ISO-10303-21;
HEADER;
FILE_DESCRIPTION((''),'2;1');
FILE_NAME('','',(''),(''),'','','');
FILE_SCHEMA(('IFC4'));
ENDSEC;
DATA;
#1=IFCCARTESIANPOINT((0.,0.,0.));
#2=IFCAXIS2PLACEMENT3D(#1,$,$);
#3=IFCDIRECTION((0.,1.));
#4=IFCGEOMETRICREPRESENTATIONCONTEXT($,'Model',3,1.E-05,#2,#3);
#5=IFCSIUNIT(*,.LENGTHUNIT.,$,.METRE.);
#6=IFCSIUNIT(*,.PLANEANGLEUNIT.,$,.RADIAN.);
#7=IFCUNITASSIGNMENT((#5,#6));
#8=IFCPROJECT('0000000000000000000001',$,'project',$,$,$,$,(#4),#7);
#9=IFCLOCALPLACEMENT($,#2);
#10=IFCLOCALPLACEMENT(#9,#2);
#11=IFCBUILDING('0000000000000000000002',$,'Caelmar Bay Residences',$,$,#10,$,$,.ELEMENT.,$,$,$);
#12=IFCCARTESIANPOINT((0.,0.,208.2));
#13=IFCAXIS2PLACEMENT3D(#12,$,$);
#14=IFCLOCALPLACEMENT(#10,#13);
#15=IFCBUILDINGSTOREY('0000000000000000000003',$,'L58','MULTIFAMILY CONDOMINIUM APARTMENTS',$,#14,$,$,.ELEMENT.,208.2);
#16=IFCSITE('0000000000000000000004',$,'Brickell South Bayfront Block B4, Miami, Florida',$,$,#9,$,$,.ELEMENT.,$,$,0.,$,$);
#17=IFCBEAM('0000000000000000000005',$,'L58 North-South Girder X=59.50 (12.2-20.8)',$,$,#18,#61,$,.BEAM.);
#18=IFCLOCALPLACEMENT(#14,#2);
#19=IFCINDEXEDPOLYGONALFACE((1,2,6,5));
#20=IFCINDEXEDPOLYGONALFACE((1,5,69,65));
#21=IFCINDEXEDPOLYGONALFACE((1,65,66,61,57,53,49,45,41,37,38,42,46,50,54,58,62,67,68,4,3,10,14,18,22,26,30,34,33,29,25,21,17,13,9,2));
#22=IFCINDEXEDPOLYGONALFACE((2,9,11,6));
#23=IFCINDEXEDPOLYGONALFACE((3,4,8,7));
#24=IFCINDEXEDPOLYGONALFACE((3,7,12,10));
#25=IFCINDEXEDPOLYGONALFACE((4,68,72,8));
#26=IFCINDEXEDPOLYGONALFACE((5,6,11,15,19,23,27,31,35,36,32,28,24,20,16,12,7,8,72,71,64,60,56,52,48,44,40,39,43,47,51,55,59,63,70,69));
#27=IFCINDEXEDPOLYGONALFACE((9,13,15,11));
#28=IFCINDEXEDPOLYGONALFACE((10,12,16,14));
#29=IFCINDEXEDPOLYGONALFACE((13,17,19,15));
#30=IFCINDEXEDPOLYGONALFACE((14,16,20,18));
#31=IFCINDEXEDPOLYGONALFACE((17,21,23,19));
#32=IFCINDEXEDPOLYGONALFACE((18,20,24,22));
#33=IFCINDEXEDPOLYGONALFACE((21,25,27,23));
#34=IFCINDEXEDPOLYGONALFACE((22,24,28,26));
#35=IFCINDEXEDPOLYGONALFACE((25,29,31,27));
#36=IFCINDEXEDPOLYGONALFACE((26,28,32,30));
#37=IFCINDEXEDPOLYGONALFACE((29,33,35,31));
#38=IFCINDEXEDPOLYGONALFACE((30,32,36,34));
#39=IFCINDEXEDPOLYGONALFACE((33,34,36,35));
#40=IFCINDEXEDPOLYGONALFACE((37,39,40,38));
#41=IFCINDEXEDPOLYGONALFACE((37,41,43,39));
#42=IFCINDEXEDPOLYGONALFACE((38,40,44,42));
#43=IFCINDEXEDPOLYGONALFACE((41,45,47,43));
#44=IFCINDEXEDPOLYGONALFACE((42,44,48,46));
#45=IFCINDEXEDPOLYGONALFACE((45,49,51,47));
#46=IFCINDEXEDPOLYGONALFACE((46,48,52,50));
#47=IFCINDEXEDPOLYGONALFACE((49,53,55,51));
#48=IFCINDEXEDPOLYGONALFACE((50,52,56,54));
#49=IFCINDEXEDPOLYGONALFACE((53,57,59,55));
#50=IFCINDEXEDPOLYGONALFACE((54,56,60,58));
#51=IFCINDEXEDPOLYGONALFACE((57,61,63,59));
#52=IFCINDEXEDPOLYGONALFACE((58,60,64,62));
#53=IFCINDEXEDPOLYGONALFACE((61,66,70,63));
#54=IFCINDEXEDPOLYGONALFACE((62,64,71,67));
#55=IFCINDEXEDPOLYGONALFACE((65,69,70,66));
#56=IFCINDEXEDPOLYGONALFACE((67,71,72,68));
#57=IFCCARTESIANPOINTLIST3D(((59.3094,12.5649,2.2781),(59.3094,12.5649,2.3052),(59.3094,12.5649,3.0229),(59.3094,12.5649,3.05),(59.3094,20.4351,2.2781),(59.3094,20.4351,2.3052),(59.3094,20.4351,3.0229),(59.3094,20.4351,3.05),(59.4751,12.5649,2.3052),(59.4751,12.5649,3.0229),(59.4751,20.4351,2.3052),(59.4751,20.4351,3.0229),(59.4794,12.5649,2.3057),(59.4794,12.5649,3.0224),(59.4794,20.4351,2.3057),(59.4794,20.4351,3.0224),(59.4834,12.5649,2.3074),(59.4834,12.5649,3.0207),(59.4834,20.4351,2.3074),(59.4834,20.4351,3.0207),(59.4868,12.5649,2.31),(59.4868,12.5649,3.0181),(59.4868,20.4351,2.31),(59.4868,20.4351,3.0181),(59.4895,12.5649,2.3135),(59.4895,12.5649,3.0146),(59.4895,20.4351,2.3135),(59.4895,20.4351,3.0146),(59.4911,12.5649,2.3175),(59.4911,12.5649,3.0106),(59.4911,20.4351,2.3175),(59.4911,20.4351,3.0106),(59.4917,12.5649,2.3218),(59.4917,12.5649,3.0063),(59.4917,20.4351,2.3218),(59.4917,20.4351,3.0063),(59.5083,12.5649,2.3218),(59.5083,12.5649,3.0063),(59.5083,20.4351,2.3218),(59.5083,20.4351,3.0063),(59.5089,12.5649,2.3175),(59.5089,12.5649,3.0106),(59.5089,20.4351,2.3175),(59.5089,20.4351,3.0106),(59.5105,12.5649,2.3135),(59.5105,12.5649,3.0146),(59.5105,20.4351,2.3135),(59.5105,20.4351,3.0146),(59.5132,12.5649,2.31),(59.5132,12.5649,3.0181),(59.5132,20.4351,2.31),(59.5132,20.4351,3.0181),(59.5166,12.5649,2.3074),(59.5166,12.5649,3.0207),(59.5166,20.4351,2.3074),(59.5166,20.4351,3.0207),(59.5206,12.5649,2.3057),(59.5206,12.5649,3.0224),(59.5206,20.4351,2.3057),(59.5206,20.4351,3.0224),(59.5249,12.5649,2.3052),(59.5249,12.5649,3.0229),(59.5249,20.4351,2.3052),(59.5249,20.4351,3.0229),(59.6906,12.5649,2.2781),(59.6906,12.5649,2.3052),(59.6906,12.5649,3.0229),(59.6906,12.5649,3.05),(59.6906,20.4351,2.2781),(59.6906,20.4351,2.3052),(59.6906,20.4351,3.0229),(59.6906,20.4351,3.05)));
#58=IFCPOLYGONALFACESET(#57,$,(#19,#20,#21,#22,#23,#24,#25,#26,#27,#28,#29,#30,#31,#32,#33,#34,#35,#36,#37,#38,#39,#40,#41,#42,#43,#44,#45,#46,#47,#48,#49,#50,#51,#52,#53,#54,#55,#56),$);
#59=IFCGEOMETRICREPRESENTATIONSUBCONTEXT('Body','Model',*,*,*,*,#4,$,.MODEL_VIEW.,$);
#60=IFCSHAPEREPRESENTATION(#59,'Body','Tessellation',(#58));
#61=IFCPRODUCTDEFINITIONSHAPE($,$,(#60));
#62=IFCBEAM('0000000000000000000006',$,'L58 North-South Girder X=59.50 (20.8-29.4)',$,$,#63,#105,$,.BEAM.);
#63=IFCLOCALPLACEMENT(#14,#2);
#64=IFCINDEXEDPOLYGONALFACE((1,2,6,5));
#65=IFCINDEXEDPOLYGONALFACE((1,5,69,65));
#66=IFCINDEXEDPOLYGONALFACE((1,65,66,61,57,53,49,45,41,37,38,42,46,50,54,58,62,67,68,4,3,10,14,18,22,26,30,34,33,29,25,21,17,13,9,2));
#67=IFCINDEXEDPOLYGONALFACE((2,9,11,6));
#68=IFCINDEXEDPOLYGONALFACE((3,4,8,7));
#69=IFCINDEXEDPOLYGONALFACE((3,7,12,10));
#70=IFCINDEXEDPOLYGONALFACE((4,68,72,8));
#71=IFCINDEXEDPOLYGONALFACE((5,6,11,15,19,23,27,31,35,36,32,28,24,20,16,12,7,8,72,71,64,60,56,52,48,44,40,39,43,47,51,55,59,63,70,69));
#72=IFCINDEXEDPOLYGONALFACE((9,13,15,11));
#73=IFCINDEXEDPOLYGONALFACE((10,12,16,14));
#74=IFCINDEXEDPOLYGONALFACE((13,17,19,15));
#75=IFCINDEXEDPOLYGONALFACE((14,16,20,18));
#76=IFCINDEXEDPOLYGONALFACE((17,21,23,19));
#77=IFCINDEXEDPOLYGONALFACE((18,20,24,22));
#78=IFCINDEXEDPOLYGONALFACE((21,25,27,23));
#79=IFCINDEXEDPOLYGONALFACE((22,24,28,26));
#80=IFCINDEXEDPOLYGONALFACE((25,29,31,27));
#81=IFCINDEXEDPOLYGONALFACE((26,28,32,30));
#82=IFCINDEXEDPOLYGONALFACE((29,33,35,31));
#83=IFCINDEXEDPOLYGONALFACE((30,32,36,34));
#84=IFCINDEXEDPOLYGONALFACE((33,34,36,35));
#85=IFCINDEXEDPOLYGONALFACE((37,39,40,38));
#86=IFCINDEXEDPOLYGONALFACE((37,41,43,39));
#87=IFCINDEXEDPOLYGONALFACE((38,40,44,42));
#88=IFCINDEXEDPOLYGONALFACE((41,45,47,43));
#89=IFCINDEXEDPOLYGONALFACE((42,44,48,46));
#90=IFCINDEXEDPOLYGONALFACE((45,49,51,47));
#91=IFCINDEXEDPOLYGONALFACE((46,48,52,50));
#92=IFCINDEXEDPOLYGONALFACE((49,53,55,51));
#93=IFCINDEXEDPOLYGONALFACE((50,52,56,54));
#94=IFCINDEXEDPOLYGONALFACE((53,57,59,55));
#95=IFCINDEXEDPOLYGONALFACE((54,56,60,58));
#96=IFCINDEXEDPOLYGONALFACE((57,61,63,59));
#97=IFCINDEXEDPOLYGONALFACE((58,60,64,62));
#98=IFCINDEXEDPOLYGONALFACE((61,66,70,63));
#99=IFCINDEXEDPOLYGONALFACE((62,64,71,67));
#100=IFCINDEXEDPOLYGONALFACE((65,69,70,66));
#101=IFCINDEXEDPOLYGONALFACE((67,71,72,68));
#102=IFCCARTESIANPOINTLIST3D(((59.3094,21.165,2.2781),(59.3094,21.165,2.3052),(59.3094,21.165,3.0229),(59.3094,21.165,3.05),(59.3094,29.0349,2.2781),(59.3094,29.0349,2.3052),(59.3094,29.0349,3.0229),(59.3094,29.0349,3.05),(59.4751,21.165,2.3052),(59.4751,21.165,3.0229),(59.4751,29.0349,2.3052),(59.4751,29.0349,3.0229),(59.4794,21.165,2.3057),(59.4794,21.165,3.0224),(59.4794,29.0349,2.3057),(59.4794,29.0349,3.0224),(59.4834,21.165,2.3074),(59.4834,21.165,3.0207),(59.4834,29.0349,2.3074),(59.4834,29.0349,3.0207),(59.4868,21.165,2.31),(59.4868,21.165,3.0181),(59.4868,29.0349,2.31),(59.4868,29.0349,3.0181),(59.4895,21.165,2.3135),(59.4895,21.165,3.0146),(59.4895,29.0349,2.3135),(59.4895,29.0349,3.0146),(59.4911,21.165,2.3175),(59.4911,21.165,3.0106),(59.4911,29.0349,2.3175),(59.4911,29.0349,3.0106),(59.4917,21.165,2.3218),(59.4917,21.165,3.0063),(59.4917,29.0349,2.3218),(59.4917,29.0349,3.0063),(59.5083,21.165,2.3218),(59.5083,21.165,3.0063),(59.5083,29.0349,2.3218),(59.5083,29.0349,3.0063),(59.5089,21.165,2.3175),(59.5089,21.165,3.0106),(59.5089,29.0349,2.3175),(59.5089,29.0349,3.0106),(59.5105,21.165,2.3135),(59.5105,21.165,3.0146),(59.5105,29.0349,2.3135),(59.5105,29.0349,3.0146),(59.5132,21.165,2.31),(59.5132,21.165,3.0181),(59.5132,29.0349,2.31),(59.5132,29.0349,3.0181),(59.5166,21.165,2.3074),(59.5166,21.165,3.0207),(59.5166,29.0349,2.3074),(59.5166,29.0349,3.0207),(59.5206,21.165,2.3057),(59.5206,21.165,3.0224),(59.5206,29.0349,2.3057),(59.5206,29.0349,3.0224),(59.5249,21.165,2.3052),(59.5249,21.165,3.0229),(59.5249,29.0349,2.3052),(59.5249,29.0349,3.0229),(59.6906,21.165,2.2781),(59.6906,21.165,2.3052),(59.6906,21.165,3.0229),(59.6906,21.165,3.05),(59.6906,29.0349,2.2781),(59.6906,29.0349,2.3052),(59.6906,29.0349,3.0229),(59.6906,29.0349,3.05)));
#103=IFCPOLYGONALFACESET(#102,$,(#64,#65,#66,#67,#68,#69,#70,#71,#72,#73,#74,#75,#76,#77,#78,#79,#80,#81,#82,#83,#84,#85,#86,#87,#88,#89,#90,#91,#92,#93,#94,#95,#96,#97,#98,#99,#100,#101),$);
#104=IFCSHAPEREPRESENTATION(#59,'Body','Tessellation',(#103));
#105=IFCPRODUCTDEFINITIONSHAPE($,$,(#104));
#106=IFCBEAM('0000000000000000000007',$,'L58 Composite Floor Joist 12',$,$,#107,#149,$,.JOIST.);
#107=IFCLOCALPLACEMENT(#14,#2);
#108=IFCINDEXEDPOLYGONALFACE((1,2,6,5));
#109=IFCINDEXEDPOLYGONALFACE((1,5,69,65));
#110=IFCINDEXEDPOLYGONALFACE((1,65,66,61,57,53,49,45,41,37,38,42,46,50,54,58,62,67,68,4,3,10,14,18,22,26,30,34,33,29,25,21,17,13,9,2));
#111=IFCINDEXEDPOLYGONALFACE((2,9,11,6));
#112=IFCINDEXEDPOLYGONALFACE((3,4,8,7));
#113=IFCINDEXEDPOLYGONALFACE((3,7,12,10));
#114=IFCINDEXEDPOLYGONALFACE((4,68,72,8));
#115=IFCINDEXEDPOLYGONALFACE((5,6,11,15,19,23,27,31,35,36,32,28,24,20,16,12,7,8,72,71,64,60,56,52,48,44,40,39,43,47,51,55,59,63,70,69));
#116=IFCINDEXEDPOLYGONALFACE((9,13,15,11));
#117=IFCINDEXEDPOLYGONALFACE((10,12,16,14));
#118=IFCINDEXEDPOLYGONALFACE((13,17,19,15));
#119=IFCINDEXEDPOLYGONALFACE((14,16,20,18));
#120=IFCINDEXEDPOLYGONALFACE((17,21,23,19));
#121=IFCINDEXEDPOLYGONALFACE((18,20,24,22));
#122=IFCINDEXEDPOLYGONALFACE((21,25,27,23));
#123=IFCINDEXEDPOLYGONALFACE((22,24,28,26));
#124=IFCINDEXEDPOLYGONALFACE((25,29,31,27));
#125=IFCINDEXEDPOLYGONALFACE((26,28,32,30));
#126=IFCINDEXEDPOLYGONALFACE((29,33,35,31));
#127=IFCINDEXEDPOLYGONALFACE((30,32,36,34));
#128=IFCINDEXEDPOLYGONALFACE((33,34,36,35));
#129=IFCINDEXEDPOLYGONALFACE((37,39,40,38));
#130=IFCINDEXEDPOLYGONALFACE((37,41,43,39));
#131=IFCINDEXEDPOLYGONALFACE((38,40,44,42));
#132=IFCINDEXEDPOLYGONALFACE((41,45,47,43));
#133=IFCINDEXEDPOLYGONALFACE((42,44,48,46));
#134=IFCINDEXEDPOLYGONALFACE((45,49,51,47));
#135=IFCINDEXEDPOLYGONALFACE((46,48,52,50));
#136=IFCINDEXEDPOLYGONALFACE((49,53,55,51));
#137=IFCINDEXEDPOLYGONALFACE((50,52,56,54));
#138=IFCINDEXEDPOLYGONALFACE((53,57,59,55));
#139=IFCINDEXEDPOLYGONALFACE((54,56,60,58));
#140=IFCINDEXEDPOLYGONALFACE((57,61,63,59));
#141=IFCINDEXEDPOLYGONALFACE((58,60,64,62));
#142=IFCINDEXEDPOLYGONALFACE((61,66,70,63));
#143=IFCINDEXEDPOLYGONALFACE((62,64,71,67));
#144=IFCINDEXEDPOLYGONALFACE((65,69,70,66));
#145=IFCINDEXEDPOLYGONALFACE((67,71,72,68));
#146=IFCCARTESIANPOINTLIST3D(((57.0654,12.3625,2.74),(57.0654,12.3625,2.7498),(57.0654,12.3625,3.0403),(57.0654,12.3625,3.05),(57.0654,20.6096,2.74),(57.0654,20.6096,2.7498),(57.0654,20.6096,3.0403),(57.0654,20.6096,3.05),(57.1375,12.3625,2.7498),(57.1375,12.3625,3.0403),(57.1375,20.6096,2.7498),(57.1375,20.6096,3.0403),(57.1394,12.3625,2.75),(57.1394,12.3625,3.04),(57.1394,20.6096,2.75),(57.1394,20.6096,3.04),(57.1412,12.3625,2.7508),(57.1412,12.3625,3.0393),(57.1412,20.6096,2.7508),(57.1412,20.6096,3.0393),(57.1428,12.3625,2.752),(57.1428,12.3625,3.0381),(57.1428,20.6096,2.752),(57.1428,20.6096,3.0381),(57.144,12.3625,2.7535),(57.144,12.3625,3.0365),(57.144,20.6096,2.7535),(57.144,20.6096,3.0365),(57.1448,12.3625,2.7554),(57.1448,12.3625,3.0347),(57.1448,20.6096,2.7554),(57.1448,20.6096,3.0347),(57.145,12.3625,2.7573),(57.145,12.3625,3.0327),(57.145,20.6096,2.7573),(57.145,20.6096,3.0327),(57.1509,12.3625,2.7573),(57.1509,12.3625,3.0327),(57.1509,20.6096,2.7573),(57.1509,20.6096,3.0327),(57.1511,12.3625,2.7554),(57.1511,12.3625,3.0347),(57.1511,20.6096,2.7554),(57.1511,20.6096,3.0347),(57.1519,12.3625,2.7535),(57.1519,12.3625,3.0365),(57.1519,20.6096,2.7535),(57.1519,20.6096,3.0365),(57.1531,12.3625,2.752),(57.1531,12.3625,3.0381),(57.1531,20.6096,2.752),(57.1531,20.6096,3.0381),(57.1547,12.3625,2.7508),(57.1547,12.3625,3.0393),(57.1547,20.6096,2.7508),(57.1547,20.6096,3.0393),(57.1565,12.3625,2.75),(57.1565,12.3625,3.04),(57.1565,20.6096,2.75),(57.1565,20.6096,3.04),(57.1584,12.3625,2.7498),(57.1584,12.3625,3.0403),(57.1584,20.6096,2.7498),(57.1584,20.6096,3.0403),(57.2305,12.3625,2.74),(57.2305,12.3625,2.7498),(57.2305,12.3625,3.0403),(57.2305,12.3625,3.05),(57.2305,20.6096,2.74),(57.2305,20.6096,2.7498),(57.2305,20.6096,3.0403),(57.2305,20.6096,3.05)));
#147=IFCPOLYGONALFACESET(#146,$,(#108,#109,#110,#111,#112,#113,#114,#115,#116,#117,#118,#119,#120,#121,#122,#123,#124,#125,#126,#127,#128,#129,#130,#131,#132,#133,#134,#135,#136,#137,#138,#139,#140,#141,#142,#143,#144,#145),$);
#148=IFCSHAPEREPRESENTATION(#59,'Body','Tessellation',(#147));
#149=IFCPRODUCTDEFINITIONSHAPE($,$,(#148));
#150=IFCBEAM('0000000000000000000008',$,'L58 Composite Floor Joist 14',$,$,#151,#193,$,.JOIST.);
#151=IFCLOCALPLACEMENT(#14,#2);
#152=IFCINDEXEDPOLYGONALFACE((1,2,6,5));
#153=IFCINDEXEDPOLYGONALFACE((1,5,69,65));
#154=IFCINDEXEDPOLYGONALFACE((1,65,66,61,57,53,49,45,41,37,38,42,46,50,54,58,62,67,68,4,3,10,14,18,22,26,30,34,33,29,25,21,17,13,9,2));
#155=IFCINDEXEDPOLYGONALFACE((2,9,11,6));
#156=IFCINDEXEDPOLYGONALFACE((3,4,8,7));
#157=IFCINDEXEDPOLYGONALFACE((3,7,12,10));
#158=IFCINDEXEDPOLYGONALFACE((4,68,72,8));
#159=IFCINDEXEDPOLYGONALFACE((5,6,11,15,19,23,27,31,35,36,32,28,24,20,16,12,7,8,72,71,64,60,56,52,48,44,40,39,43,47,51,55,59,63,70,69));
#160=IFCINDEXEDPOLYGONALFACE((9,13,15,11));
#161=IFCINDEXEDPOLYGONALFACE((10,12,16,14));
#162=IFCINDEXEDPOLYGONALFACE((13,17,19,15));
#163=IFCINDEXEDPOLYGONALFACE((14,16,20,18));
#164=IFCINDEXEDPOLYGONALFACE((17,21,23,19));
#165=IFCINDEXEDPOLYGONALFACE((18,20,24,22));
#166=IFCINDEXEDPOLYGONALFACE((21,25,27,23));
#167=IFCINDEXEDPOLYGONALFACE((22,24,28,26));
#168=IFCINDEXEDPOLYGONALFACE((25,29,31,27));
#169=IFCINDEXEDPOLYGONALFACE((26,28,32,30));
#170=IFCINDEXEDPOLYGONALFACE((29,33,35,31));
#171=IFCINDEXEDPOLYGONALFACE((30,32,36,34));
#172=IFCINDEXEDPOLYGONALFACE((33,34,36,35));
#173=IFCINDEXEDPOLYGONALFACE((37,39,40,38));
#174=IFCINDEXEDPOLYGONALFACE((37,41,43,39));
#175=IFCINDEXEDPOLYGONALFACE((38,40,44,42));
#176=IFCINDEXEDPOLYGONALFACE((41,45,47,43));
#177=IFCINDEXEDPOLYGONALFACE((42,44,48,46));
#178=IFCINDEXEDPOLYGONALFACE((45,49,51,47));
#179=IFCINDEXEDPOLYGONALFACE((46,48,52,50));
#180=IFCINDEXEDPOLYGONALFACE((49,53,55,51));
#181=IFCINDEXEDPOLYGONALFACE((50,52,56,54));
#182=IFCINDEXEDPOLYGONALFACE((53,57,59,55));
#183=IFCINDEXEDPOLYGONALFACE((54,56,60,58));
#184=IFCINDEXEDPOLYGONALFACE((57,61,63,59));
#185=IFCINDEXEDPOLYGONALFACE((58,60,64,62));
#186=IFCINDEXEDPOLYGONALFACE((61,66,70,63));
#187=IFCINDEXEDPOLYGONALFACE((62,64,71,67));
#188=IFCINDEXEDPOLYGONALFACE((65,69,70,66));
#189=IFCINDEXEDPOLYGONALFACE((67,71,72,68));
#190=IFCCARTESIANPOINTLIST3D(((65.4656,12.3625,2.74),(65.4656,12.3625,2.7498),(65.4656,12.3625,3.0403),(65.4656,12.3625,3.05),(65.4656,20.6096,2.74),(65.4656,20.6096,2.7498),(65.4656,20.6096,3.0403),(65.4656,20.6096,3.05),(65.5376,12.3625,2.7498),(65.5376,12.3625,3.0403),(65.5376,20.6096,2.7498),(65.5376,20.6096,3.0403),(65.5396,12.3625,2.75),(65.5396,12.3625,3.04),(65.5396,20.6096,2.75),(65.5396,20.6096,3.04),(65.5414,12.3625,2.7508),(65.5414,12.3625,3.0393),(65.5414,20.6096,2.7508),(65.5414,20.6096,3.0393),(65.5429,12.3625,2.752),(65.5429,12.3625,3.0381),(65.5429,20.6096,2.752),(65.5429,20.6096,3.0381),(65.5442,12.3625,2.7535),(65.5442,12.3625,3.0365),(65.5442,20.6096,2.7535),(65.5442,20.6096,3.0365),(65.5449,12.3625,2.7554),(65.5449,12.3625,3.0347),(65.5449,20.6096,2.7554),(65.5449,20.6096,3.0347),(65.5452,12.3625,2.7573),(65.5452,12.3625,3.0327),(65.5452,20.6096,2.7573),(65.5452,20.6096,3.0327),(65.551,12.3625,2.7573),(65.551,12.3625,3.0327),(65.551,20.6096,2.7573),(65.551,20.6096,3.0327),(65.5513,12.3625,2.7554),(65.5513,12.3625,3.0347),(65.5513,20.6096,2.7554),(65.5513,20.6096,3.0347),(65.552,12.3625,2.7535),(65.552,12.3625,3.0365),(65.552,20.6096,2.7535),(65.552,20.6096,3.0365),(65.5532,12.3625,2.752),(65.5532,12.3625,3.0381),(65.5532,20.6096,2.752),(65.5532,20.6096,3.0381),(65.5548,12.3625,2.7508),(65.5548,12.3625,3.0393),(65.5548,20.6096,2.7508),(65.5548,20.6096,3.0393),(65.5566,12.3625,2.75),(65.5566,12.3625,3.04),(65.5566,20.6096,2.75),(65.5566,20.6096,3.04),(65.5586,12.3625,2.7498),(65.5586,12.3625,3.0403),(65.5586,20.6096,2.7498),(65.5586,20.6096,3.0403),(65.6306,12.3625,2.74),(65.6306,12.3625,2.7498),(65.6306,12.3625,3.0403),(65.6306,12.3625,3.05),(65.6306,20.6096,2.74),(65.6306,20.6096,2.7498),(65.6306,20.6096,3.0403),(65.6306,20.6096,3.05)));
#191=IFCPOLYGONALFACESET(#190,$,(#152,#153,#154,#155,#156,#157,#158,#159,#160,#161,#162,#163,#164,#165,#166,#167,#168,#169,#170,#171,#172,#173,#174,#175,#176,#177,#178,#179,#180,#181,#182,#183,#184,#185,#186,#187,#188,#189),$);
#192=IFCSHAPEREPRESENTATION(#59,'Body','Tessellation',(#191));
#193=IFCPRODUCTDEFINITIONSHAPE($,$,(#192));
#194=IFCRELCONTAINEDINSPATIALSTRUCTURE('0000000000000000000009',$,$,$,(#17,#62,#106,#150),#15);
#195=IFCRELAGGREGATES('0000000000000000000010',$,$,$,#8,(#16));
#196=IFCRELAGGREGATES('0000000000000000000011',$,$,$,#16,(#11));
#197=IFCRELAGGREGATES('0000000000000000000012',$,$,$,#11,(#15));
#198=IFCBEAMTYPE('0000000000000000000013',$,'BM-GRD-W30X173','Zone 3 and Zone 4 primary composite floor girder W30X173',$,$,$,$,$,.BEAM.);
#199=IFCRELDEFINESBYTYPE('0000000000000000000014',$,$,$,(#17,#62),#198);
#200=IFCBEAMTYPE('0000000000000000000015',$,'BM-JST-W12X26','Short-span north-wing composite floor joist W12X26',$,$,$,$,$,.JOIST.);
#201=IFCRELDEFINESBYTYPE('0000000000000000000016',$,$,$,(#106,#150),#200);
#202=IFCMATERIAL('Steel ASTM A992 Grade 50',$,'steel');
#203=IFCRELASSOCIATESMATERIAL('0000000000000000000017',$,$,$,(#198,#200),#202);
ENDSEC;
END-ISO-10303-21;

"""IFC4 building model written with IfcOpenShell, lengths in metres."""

from ifc_helpers import new_model, si_unit, direction, frame, origin, origin_2d, place, context, subcontext, project, spatial, i_section, extrude, material, material_profile, profile_set, type_object, element, save


model = new_model("IFC4")

# Units and contexts
model_context = context("Model", 3, precision=1e-05, world=origin(), true_north=direction((0.0, 1.0)))
body_context = subcontext(model_context, "Body", "Model", "MODEL_VIEW")
ifc_project = project(units=[si_unit("LENGTHUNIT", "METRE"), si_unit("PLANEANGLEUNIT", "RADIAN")], contexts=[model_context])

# Site, building, storey
site_placement = place(None, origin())
site = spatial("IfcSite", under=ifc_project, at=site_placement, Name="Brickell South Bayfront Block B4, Miami, Florida", CompositionType="ELEMENT", RefElevation=0.0)
building_placement = place(site_placement, origin())
building = spatial("IfcBuilding", under=site, at=building_placement, Name="Caelmar Bay Residences", CompositionType="ELEMENT")
storey_placement = place(building_placement, frame((0.0, 0.0, 208.2)))
storey = spatial("IfcBuildingStorey", under=building, at=storey_placement, Name="L58", Description="MULTIFAMILY CONDOMINIUM APARTMENTS", CompositionType="ELEMENT", Elevation=208.2)

# Beams
ifc_material_1 = material(Name="Steel ASTM A992 Grade 50", Category="steel")
ifc_material_profile_1 = material_profile(ifc_material_1, i_section(OverallWidth=0.3811, OverallDepth=0.772, WebThickness=0.0166, FlangeThickness=0.0271, FilletRadius=0.0166, at=origin_2d()), Name="W30X173")
ifc_profile_set_1 = profile_set([ifc_material_profile_1], Name="Steel ASTM A992 Grade 50")
beam_type_1 = type_object("IfcBeamType", Name="BM-GRD-W30X173", Description="Zone 3 and Zone 4 primary composite floor girder W30X173", PredefinedType="BEAM", material=ifc_profile_set_1)
for number, where, z_axis, x_axis, name in (
    (1, (59.5, 12.5649, 2.6641), (0.0, 1.0, 0.0), (-1.0, 0.0, 0.0), "L58 North-South Girder X=59.50 (12.2-20.8)"),
):
    element("IfcBeam", number, at=place(storey_placement, frame(where, z_axis=z_axis, x_axis=x_axis)), inside=storey, type_object=beam_type_1, Name=name, PredefinedType="BEAM", context=body_context, shape_type="SweptSolid", body=[
        extrude(i_section(OverallWidth=0.3811, OverallDepth=0.772, WebThickness=0.0166, FlangeThickness=0.0271, FilletRadius=0.0166, at=origin_2d()), origin(), (0.0, 0.0, 1.0), 7.8701),
    ])
beam_1_placement = place(storey_placement, frame((59.5, 21.165, 2.6641), z_axis=(0.0, 1.0, 0.0), x_axis=(-1.0, 0.0, 0.0)))
element("IfcBeam", 2, at=beam_1_placement, inside=storey, type_object=beam_type_1, Name="L58 North-South Girder X=59.50 (20.8-29.4)", PredefinedType="BEAM", context=body_context, shape_type="SweptSolid", body=[
    extrude(i_section(OverallWidth=0.3811, OverallDepth=0.772, WebThickness=0.0166, FlangeThickness=0.0271, FilletRadius=0.0166, at=origin_2d()), origin(), (0.0, 0.0, 1.0), 7.8699),
])
ifc_material_profile_2 = material_profile(ifc_material_1, i_section(OverallWidth=0.165, OverallDepth=0.3101, WebThickness=0.0059, FlangeThickness=0.0098, FilletRadius=0.0076, at=origin_2d()), Name="W12X26")
ifc_profile_set_2 = profile_set([ifc_material_profile_2], Name="Steel ASTM A992 Grade 50")
beam_type_2 = type_object("IfcBeamType", Name="BM-JST-W12X26", Description="Short-span north-wing composite floor joist W12X26", PredefinedType="JOIST", material=ifc_profile_set_2)
for number, where, z_axis, x_axis, name in (
    (3, (57.1479, 12.3625, 2.895), (0.0, 1.0, 0.0), (-1.0, 0.0, 0.0), "L58 Composite Floor Joist 12"),
    (4, (65.5481, 12.3625, 2.895), (0.0, 1.0, 0.0), (-1.0, 0.0, 0.0), "L58 Composite Floor Joist 14"),
):
    element("IfcBeam", number, at=place(storey_placement, frame(where, z_axis=z_axis, x_axis=x_axis)), inside=storey, type_object=beam_type_2, Name=name, PredefinedType="JOIST", context=body_context, shape_type="SweptSolid", body=[
        extrude(i_section(OverallWidth=0.165, OverallDepth=0.3101, WebThickness=0.0059, FlangeThickness=0.0098, FilletRadius=0.0076, at=origin_2d()), origin(), (0.0, 0.0, 1.0), 8.2471),
    ])

save(model, "model.ifc")
